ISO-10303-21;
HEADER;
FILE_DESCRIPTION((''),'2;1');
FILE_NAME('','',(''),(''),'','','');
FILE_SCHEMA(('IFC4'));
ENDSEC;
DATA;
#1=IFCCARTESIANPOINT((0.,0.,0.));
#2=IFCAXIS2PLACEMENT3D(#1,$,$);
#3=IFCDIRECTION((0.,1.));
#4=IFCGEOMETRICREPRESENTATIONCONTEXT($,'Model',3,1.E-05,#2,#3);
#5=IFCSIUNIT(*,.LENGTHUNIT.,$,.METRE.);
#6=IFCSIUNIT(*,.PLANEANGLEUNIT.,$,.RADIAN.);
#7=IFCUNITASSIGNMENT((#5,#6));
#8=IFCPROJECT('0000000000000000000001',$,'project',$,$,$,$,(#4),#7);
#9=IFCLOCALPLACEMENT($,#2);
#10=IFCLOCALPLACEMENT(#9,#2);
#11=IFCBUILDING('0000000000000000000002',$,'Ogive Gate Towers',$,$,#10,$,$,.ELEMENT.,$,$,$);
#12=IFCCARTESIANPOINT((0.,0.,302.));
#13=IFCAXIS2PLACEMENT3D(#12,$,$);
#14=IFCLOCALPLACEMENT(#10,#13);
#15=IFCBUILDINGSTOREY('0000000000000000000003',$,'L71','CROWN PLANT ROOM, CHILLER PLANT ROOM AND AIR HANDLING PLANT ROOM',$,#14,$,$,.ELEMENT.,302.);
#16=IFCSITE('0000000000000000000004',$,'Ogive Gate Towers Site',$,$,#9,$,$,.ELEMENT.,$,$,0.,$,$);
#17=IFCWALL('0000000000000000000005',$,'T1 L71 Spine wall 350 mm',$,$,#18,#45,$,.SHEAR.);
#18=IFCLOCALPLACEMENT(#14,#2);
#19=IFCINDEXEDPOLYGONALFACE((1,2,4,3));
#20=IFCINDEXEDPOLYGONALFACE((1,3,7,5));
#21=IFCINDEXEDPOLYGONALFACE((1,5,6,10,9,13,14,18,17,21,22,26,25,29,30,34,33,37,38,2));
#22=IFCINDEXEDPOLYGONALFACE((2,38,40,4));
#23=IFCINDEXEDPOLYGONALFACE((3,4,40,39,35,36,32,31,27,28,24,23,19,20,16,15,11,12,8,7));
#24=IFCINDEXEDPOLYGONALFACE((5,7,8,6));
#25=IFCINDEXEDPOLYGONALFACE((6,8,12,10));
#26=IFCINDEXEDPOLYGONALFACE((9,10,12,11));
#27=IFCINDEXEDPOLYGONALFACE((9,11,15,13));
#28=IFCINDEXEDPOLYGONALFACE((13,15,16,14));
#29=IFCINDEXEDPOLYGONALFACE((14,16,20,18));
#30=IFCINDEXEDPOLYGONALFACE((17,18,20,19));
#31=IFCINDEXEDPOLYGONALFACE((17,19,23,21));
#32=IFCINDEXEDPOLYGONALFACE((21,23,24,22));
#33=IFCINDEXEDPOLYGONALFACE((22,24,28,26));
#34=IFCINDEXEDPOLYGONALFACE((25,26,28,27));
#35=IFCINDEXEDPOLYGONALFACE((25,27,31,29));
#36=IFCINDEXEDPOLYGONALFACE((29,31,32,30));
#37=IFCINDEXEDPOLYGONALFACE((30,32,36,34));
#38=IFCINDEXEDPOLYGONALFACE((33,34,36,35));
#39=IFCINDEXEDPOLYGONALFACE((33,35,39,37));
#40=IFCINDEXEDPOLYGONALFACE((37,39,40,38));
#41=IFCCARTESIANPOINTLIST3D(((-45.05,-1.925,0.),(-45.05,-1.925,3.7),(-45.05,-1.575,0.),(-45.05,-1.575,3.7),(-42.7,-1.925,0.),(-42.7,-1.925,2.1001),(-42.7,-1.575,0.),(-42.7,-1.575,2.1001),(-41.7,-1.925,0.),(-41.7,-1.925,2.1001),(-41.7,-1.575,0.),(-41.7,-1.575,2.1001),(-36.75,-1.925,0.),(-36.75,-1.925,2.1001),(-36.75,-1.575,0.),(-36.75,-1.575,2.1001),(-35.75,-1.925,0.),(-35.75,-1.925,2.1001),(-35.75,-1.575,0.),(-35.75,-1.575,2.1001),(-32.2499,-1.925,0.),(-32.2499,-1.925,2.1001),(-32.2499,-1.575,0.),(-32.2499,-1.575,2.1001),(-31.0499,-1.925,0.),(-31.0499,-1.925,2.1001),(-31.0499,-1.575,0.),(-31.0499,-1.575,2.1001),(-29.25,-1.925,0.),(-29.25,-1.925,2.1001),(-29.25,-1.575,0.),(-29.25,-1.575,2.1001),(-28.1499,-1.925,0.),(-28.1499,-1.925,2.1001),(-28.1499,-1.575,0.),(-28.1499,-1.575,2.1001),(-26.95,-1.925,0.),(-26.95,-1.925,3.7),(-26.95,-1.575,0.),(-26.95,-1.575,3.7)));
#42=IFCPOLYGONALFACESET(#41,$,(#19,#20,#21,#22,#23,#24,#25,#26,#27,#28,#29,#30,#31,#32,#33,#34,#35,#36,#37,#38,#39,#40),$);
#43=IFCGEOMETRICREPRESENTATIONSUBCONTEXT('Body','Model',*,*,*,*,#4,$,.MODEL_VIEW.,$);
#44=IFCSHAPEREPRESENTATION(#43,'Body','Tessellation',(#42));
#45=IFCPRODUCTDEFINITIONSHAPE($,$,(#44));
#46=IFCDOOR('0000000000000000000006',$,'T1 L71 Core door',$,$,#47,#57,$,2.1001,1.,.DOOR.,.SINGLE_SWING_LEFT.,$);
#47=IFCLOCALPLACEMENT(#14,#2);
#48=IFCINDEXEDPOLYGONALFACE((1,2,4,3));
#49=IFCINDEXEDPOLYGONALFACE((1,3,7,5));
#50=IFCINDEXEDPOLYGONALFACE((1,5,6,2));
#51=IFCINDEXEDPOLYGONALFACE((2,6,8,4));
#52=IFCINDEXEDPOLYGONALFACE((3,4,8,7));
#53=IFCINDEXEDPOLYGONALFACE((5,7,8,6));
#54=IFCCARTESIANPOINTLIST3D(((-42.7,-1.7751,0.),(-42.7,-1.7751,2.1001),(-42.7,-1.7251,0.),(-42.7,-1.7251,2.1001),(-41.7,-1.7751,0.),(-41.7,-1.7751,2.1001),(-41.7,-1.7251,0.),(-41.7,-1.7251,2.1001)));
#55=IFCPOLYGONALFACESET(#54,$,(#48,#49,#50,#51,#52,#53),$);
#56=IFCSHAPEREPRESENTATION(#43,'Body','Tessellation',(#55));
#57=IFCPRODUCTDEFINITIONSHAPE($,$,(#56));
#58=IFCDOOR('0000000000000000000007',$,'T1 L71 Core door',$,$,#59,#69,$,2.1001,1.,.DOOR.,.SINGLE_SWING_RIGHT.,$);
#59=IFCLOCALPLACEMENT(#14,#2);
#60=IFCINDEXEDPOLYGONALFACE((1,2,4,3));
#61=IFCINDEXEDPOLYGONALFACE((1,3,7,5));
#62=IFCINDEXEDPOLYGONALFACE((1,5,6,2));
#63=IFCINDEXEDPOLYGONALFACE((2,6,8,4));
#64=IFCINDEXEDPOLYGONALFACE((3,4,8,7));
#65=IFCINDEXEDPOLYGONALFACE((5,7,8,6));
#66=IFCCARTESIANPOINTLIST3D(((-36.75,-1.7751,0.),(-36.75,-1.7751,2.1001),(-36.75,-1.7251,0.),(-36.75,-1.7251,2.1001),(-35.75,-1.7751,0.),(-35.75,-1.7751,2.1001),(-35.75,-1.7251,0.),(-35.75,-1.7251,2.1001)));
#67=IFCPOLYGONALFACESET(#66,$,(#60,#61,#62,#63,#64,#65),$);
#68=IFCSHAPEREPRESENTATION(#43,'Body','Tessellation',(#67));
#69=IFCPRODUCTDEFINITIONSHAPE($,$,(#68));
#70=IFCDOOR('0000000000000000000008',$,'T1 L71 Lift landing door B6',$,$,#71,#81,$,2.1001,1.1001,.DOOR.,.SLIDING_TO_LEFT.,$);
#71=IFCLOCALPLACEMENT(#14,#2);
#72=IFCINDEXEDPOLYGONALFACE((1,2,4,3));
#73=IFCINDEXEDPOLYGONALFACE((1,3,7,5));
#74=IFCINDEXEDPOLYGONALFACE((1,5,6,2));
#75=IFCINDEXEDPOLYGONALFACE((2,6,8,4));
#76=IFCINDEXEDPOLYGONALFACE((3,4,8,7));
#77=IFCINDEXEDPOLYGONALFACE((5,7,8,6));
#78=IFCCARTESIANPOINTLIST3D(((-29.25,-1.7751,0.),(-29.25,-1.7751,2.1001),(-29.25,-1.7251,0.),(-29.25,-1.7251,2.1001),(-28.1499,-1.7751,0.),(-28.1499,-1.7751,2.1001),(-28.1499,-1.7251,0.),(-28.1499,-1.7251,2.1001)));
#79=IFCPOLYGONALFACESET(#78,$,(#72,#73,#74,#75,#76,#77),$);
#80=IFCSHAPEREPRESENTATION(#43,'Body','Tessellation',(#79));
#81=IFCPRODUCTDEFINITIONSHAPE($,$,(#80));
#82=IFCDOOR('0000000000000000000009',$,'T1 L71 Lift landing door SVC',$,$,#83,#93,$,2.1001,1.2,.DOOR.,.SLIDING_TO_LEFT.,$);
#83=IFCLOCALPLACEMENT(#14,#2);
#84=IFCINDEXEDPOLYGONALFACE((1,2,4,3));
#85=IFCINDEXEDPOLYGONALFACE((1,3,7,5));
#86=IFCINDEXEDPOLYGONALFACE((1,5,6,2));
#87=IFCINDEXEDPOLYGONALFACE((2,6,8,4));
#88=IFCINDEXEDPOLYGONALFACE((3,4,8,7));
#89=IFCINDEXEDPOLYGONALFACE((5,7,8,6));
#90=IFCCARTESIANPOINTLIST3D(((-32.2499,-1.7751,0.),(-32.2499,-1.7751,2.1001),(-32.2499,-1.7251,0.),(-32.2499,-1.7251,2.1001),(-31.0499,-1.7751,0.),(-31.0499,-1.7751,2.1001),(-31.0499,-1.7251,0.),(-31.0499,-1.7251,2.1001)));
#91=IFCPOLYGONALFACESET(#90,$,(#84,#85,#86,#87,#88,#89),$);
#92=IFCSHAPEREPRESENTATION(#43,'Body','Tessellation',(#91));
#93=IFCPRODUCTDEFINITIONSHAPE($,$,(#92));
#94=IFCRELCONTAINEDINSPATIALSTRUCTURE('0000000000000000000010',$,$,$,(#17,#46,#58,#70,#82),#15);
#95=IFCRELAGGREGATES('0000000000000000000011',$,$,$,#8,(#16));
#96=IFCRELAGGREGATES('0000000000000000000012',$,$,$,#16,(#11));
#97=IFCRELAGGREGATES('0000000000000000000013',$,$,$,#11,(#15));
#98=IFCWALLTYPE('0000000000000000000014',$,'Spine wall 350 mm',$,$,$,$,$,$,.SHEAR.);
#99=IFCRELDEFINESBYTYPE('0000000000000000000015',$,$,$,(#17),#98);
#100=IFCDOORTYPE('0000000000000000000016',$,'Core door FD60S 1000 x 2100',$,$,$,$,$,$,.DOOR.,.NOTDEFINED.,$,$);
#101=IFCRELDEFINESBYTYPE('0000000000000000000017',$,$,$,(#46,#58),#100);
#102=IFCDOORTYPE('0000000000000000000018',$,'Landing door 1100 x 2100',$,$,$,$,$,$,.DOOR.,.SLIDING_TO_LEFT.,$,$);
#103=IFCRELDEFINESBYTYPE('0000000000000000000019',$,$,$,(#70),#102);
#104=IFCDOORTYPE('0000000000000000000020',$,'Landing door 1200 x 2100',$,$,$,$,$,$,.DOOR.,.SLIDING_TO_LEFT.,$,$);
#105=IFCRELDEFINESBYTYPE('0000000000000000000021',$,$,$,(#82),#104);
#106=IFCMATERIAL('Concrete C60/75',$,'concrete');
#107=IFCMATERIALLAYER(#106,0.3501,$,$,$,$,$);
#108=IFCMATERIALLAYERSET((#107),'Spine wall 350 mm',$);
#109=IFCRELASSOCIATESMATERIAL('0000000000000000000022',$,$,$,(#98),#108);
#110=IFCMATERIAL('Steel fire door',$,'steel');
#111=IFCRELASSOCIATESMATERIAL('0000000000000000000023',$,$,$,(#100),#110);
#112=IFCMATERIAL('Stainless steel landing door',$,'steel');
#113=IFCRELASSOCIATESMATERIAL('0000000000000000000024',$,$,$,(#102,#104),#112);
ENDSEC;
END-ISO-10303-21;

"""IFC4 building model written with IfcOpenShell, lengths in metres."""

from ifc_helpers import new_model, si_unit, direction, frame, frame_2d, origin, place, context, subcontext, project, spatial, rectangle, extrude, material, layer, layer_set, type_object, element, fill, save


model = new_model("IFC4")

# Units and contexts
model_context = context("Model", 3, precision=1e-05, world=origin(), true_north=direction((0.0, 1.0)))
body_context = subcontext(model_context, "Body", "Model", "MODEL_VIEW")
ifc_project = project(units=[si_unit("LENGTHUNIT", "METRE"), si_unit("PLANEANGLEUNIT", "RADIAN")], contexts=[model_context])

# Site, building, storey
site_placement = place(None, origin())
site = spatial("IfcSite", under=ifc_project, at=site_placement, Name="Ogive Gate Towers Site", CompositionType="ELEMENT", RefElevation=0.0)
building_placement = place(site_placement, origin())
building = spatial("IfcBuilding", under=site, at=building_placement, Name="Ogive Gate Towers", CompositionType="ELEMENT")
storey_placement = place(building_placement, frame((0.0, 0.0, 302.0)))
storey = spatial("IfcBuildingStorey", under=building, at=storey_placement, Name="L71", Description="CROWN PLANT ROOM, CHILLER PLANT ROOM AND AIR HANDLING PLANT ROOM", CompositionType="ELEMENT", Elevation=302.0)

# Shared definitions
ifc_material_1 = material(Name="Concrete C60/75", Category="concrete")
ifc_material_2 = material(Name="Steel fire door", Category="steel")

# Wall, openings, doors
ifc_layer_1 = layer(ifc_material_1, 0.3501)
ifc_layer_set_1 = layer_set([ifc_layer_1], Name="Spine wall 350 mm")
wall_type_1 = type_object("IfcWallType", Name="Spine wall 350 mm", PredefinedType="SHEAR", material=ifc_layer_set_1)
wall_1_placement = place(storey_placement, frame((-45.05, -1.75, 0.0), z_axis=(0.0, 0.0, 1.0), x_axis=(1.0, 0.0, 0.0)))
wall_1 = element("IfcWall", 1, at=wall_1_placement, inside=storey, type_object=wall_type_1, Name="T1 L71 Spine wall 350 mm", PredefinedType="SHEAR", context=body_context, shape_type="SweptSolid", body=[
    extrude(rectangle(XDim=18.1001, YDim=0.3501, at=frame_2d((9.05, 0.0))), origin(), (0.0, 0.0, 1.0), 3.7),
])
opening_1_placement = place(wall_1_placement, frame((12.8, 0.0, 0.0)))
opening_1 = element("IfcOpeningElement", 2, at=opening_1_placement, cuts=wall_1, PredefinedType="OPENING", context=body_context, shape_type="SweptSolid", body=[
    extrude(rectangle(XDim=1.2, YDim=2.1001, at=frame_2d((0.6001, 1.05))), frame((0.0, 0.1851, 0.0), z_axis=(0.0, -1.0, 0.0), x_axis=(1.0, 0.0, 0.0)), (0.0, 0.0, 1.0), 0.3701),
])
opening_2_placement = place(wall_1_placement, frame((15.8, 0.0, 0.0)))
opening_2 = element("IfcOpeningElement", 3, at=opening_2_placement, cuts=wall_1, PredefinedType="OPENING", context=body_context, shape_type="SweptSolid", body=[
    extrude(rectangle(XDim=1.1001, YDim=2.1001, at=frame_2d((0.55, 1.05))), frame((0.0, 0.1851, 0.0), z_axis=(0.0, -1.0, 0.0), x_axis=(1.0, 0.0, 0.0)), (0.0, 0.0, 1.0), 0.3701),
])
opening_3_placement = place(wall_1_placement, frame((2.3501, 0.0, 0.0)))
opening_3 = element("IfcOpeningElement", 4, at=opening_3_placement, cuts=wall_1, PredefinedType="OPENING", context=body_context, shape_type="SweptSolid", body=[
    extrude(rectangle(XDim=1.0, YDim=2.1001, at=frame_2d((0.5, 1.05))), frame((0.0, 0.1851, 0.0), z_axis=(0.0, -1.0, 0.0), x_axis=(1.0, 0.0, 0.0)), (0.0, 0.0, 1.0), 0.3701),
])
opening_4_placement = place(wall_1_placement, frame((8.3, 0.0, 0.0)))
opening_4 = element("IfcOpeningElement", 5, at=opening_4_placement, cuts=wall_1, PredefinedType="OPENING", context=body_context, shape_type="SweptSolid", body=[
    extrude(rectangle(XDim=1.0, YDim=2.1001, at=frame_2d((0.5, 1.05))), frame((0.0, 0.1851, 0.0), z_axis=(0.0, -1.0, 0.0), x_axis=(1.0, 0.0, 0.0)), (0.0, 0.0, 1.0), 0.3701),
])
door_type_1 = type_object("IfcDoorType", Name="Core door FD60S 1000 x 2100", OperationType="NOTDEFINED", PredefinedType="DOOR", material=ifc_material_2)
door_1_placement = place(opening_3_placement, origin())
door_1 = element("IfcDoor", 6, at=door_1_placement, inside=storey, type_object=door_type_1, Name="T1 L71 Core door", OperationType="SINGLE_SWING_LEFT", OverallHeight=2.1001, OverallWidth=1.0, PredefinedType="DOOR", context=body_context, shape_type="SweptSolid", body=[
    extrude(rectangle(XDim=1.0, YDim=2.1001, at=frame_2d((0.5, 1.05))), frame((0.0, 0.0249, 0.0), z_axis=(0.0, -1.0, 0.0), x_axis=(1.0, 0.0, 0.0)), (0.0, 0.0, 1.0), 0.05),
])
fill(opening_3, door_1)
door_2_placement = place(opening_4_placement, origin())
door_2 = element("IfcDoor", 7, at=door_2_placement, inside=storey, type_object=door_type_1, Name="T1 L71 Core door", OperationType="SINGLE_SWING_RIGHT", OverallHeight=2.1001, OverallWidth=1.0, PredefinedType="DOOR", context=body_context, shape_type="SweptSolid", body=[
    extrude(rectangle(XDim=1.0, YDim=2.1001, at=frame_2d((0.5, 1.05))), frame((0.0, 0.0249, 0.0), z_axis=(0.0, -1.0, 0.0), x_axis=(1.0, 0.0, 0.0)), (0.0, 0.0, 1.0), 0.05),
])
fill(opening_4, door_2)
ifc_material_3 = material(Name="Stainless steel landing door", Category="steel")
door_type_2 = type_object("IfcDoorType", Name="Landing door 1100 x 2100", OperationType="SLIDING_TO_LEFT", PredefinedType="DOOR", material=ifc_material_3)
door_3_placement = place(opening_2_placement, origin())
door_3 = element("IfcDoor", 8, at=door_3_placement, inside=storey, type_object=door_type_2, Name="T1 L71 Lift landing door B6", OperationType="SLIDING_TO_LEFT", OverallHeight=2.1001, OverallWidth=1.1001, PredefinedType="DOOR", context=body_context, shape_type="SweptSolid", body=[
    extrude(rectangle(XDim=1.1001, YDim=2.1001, at=frame_2d((0.55, 1.05))), frame((0.0, 0.0249, 0.0), z_axis=(0.0, -1.0, 0.0), x_axis=(1.0, 0.0, 0.0)), (0.0, 0.0, 1.0), 0.05),
])
fill(opening_2, door_3)
door_type_3 = type_object("IfcDoorType", Name="Landing door 1200 x 2100", OperationType="SLIDING_TO_LEFT", PredefinedType="DOOR", material=ifc_material_3)
door_4_placement = place(opening_1_placement, origin())
door_4 = element("IfcDoor", 9, at=door_4_placement, inside=storey, type_object=door_type_3, Name="T1 L71 Lift landing door SVC", OperationType="SLIDING_TO_LEFT", OverallHeight=2.1001, OverallWidth=1.2, PredefinedType="DOOR", context=body_context, shape_type="SweptSolid", body=[
    extrude(rectangle(XDim=1.2, YDim=2.1001, at=frame_2d((0.6001, 1.05))), frame((0.0, 0.0249, 0.0), z_axis=(0.0, -1.0, 0.0), x_axis=(1.0, 0.0, 0.0)), (0.0, 0.0, 1.0), 0.05),
])
fill(opening_1, door_4)

save(model, "model.ifc")
